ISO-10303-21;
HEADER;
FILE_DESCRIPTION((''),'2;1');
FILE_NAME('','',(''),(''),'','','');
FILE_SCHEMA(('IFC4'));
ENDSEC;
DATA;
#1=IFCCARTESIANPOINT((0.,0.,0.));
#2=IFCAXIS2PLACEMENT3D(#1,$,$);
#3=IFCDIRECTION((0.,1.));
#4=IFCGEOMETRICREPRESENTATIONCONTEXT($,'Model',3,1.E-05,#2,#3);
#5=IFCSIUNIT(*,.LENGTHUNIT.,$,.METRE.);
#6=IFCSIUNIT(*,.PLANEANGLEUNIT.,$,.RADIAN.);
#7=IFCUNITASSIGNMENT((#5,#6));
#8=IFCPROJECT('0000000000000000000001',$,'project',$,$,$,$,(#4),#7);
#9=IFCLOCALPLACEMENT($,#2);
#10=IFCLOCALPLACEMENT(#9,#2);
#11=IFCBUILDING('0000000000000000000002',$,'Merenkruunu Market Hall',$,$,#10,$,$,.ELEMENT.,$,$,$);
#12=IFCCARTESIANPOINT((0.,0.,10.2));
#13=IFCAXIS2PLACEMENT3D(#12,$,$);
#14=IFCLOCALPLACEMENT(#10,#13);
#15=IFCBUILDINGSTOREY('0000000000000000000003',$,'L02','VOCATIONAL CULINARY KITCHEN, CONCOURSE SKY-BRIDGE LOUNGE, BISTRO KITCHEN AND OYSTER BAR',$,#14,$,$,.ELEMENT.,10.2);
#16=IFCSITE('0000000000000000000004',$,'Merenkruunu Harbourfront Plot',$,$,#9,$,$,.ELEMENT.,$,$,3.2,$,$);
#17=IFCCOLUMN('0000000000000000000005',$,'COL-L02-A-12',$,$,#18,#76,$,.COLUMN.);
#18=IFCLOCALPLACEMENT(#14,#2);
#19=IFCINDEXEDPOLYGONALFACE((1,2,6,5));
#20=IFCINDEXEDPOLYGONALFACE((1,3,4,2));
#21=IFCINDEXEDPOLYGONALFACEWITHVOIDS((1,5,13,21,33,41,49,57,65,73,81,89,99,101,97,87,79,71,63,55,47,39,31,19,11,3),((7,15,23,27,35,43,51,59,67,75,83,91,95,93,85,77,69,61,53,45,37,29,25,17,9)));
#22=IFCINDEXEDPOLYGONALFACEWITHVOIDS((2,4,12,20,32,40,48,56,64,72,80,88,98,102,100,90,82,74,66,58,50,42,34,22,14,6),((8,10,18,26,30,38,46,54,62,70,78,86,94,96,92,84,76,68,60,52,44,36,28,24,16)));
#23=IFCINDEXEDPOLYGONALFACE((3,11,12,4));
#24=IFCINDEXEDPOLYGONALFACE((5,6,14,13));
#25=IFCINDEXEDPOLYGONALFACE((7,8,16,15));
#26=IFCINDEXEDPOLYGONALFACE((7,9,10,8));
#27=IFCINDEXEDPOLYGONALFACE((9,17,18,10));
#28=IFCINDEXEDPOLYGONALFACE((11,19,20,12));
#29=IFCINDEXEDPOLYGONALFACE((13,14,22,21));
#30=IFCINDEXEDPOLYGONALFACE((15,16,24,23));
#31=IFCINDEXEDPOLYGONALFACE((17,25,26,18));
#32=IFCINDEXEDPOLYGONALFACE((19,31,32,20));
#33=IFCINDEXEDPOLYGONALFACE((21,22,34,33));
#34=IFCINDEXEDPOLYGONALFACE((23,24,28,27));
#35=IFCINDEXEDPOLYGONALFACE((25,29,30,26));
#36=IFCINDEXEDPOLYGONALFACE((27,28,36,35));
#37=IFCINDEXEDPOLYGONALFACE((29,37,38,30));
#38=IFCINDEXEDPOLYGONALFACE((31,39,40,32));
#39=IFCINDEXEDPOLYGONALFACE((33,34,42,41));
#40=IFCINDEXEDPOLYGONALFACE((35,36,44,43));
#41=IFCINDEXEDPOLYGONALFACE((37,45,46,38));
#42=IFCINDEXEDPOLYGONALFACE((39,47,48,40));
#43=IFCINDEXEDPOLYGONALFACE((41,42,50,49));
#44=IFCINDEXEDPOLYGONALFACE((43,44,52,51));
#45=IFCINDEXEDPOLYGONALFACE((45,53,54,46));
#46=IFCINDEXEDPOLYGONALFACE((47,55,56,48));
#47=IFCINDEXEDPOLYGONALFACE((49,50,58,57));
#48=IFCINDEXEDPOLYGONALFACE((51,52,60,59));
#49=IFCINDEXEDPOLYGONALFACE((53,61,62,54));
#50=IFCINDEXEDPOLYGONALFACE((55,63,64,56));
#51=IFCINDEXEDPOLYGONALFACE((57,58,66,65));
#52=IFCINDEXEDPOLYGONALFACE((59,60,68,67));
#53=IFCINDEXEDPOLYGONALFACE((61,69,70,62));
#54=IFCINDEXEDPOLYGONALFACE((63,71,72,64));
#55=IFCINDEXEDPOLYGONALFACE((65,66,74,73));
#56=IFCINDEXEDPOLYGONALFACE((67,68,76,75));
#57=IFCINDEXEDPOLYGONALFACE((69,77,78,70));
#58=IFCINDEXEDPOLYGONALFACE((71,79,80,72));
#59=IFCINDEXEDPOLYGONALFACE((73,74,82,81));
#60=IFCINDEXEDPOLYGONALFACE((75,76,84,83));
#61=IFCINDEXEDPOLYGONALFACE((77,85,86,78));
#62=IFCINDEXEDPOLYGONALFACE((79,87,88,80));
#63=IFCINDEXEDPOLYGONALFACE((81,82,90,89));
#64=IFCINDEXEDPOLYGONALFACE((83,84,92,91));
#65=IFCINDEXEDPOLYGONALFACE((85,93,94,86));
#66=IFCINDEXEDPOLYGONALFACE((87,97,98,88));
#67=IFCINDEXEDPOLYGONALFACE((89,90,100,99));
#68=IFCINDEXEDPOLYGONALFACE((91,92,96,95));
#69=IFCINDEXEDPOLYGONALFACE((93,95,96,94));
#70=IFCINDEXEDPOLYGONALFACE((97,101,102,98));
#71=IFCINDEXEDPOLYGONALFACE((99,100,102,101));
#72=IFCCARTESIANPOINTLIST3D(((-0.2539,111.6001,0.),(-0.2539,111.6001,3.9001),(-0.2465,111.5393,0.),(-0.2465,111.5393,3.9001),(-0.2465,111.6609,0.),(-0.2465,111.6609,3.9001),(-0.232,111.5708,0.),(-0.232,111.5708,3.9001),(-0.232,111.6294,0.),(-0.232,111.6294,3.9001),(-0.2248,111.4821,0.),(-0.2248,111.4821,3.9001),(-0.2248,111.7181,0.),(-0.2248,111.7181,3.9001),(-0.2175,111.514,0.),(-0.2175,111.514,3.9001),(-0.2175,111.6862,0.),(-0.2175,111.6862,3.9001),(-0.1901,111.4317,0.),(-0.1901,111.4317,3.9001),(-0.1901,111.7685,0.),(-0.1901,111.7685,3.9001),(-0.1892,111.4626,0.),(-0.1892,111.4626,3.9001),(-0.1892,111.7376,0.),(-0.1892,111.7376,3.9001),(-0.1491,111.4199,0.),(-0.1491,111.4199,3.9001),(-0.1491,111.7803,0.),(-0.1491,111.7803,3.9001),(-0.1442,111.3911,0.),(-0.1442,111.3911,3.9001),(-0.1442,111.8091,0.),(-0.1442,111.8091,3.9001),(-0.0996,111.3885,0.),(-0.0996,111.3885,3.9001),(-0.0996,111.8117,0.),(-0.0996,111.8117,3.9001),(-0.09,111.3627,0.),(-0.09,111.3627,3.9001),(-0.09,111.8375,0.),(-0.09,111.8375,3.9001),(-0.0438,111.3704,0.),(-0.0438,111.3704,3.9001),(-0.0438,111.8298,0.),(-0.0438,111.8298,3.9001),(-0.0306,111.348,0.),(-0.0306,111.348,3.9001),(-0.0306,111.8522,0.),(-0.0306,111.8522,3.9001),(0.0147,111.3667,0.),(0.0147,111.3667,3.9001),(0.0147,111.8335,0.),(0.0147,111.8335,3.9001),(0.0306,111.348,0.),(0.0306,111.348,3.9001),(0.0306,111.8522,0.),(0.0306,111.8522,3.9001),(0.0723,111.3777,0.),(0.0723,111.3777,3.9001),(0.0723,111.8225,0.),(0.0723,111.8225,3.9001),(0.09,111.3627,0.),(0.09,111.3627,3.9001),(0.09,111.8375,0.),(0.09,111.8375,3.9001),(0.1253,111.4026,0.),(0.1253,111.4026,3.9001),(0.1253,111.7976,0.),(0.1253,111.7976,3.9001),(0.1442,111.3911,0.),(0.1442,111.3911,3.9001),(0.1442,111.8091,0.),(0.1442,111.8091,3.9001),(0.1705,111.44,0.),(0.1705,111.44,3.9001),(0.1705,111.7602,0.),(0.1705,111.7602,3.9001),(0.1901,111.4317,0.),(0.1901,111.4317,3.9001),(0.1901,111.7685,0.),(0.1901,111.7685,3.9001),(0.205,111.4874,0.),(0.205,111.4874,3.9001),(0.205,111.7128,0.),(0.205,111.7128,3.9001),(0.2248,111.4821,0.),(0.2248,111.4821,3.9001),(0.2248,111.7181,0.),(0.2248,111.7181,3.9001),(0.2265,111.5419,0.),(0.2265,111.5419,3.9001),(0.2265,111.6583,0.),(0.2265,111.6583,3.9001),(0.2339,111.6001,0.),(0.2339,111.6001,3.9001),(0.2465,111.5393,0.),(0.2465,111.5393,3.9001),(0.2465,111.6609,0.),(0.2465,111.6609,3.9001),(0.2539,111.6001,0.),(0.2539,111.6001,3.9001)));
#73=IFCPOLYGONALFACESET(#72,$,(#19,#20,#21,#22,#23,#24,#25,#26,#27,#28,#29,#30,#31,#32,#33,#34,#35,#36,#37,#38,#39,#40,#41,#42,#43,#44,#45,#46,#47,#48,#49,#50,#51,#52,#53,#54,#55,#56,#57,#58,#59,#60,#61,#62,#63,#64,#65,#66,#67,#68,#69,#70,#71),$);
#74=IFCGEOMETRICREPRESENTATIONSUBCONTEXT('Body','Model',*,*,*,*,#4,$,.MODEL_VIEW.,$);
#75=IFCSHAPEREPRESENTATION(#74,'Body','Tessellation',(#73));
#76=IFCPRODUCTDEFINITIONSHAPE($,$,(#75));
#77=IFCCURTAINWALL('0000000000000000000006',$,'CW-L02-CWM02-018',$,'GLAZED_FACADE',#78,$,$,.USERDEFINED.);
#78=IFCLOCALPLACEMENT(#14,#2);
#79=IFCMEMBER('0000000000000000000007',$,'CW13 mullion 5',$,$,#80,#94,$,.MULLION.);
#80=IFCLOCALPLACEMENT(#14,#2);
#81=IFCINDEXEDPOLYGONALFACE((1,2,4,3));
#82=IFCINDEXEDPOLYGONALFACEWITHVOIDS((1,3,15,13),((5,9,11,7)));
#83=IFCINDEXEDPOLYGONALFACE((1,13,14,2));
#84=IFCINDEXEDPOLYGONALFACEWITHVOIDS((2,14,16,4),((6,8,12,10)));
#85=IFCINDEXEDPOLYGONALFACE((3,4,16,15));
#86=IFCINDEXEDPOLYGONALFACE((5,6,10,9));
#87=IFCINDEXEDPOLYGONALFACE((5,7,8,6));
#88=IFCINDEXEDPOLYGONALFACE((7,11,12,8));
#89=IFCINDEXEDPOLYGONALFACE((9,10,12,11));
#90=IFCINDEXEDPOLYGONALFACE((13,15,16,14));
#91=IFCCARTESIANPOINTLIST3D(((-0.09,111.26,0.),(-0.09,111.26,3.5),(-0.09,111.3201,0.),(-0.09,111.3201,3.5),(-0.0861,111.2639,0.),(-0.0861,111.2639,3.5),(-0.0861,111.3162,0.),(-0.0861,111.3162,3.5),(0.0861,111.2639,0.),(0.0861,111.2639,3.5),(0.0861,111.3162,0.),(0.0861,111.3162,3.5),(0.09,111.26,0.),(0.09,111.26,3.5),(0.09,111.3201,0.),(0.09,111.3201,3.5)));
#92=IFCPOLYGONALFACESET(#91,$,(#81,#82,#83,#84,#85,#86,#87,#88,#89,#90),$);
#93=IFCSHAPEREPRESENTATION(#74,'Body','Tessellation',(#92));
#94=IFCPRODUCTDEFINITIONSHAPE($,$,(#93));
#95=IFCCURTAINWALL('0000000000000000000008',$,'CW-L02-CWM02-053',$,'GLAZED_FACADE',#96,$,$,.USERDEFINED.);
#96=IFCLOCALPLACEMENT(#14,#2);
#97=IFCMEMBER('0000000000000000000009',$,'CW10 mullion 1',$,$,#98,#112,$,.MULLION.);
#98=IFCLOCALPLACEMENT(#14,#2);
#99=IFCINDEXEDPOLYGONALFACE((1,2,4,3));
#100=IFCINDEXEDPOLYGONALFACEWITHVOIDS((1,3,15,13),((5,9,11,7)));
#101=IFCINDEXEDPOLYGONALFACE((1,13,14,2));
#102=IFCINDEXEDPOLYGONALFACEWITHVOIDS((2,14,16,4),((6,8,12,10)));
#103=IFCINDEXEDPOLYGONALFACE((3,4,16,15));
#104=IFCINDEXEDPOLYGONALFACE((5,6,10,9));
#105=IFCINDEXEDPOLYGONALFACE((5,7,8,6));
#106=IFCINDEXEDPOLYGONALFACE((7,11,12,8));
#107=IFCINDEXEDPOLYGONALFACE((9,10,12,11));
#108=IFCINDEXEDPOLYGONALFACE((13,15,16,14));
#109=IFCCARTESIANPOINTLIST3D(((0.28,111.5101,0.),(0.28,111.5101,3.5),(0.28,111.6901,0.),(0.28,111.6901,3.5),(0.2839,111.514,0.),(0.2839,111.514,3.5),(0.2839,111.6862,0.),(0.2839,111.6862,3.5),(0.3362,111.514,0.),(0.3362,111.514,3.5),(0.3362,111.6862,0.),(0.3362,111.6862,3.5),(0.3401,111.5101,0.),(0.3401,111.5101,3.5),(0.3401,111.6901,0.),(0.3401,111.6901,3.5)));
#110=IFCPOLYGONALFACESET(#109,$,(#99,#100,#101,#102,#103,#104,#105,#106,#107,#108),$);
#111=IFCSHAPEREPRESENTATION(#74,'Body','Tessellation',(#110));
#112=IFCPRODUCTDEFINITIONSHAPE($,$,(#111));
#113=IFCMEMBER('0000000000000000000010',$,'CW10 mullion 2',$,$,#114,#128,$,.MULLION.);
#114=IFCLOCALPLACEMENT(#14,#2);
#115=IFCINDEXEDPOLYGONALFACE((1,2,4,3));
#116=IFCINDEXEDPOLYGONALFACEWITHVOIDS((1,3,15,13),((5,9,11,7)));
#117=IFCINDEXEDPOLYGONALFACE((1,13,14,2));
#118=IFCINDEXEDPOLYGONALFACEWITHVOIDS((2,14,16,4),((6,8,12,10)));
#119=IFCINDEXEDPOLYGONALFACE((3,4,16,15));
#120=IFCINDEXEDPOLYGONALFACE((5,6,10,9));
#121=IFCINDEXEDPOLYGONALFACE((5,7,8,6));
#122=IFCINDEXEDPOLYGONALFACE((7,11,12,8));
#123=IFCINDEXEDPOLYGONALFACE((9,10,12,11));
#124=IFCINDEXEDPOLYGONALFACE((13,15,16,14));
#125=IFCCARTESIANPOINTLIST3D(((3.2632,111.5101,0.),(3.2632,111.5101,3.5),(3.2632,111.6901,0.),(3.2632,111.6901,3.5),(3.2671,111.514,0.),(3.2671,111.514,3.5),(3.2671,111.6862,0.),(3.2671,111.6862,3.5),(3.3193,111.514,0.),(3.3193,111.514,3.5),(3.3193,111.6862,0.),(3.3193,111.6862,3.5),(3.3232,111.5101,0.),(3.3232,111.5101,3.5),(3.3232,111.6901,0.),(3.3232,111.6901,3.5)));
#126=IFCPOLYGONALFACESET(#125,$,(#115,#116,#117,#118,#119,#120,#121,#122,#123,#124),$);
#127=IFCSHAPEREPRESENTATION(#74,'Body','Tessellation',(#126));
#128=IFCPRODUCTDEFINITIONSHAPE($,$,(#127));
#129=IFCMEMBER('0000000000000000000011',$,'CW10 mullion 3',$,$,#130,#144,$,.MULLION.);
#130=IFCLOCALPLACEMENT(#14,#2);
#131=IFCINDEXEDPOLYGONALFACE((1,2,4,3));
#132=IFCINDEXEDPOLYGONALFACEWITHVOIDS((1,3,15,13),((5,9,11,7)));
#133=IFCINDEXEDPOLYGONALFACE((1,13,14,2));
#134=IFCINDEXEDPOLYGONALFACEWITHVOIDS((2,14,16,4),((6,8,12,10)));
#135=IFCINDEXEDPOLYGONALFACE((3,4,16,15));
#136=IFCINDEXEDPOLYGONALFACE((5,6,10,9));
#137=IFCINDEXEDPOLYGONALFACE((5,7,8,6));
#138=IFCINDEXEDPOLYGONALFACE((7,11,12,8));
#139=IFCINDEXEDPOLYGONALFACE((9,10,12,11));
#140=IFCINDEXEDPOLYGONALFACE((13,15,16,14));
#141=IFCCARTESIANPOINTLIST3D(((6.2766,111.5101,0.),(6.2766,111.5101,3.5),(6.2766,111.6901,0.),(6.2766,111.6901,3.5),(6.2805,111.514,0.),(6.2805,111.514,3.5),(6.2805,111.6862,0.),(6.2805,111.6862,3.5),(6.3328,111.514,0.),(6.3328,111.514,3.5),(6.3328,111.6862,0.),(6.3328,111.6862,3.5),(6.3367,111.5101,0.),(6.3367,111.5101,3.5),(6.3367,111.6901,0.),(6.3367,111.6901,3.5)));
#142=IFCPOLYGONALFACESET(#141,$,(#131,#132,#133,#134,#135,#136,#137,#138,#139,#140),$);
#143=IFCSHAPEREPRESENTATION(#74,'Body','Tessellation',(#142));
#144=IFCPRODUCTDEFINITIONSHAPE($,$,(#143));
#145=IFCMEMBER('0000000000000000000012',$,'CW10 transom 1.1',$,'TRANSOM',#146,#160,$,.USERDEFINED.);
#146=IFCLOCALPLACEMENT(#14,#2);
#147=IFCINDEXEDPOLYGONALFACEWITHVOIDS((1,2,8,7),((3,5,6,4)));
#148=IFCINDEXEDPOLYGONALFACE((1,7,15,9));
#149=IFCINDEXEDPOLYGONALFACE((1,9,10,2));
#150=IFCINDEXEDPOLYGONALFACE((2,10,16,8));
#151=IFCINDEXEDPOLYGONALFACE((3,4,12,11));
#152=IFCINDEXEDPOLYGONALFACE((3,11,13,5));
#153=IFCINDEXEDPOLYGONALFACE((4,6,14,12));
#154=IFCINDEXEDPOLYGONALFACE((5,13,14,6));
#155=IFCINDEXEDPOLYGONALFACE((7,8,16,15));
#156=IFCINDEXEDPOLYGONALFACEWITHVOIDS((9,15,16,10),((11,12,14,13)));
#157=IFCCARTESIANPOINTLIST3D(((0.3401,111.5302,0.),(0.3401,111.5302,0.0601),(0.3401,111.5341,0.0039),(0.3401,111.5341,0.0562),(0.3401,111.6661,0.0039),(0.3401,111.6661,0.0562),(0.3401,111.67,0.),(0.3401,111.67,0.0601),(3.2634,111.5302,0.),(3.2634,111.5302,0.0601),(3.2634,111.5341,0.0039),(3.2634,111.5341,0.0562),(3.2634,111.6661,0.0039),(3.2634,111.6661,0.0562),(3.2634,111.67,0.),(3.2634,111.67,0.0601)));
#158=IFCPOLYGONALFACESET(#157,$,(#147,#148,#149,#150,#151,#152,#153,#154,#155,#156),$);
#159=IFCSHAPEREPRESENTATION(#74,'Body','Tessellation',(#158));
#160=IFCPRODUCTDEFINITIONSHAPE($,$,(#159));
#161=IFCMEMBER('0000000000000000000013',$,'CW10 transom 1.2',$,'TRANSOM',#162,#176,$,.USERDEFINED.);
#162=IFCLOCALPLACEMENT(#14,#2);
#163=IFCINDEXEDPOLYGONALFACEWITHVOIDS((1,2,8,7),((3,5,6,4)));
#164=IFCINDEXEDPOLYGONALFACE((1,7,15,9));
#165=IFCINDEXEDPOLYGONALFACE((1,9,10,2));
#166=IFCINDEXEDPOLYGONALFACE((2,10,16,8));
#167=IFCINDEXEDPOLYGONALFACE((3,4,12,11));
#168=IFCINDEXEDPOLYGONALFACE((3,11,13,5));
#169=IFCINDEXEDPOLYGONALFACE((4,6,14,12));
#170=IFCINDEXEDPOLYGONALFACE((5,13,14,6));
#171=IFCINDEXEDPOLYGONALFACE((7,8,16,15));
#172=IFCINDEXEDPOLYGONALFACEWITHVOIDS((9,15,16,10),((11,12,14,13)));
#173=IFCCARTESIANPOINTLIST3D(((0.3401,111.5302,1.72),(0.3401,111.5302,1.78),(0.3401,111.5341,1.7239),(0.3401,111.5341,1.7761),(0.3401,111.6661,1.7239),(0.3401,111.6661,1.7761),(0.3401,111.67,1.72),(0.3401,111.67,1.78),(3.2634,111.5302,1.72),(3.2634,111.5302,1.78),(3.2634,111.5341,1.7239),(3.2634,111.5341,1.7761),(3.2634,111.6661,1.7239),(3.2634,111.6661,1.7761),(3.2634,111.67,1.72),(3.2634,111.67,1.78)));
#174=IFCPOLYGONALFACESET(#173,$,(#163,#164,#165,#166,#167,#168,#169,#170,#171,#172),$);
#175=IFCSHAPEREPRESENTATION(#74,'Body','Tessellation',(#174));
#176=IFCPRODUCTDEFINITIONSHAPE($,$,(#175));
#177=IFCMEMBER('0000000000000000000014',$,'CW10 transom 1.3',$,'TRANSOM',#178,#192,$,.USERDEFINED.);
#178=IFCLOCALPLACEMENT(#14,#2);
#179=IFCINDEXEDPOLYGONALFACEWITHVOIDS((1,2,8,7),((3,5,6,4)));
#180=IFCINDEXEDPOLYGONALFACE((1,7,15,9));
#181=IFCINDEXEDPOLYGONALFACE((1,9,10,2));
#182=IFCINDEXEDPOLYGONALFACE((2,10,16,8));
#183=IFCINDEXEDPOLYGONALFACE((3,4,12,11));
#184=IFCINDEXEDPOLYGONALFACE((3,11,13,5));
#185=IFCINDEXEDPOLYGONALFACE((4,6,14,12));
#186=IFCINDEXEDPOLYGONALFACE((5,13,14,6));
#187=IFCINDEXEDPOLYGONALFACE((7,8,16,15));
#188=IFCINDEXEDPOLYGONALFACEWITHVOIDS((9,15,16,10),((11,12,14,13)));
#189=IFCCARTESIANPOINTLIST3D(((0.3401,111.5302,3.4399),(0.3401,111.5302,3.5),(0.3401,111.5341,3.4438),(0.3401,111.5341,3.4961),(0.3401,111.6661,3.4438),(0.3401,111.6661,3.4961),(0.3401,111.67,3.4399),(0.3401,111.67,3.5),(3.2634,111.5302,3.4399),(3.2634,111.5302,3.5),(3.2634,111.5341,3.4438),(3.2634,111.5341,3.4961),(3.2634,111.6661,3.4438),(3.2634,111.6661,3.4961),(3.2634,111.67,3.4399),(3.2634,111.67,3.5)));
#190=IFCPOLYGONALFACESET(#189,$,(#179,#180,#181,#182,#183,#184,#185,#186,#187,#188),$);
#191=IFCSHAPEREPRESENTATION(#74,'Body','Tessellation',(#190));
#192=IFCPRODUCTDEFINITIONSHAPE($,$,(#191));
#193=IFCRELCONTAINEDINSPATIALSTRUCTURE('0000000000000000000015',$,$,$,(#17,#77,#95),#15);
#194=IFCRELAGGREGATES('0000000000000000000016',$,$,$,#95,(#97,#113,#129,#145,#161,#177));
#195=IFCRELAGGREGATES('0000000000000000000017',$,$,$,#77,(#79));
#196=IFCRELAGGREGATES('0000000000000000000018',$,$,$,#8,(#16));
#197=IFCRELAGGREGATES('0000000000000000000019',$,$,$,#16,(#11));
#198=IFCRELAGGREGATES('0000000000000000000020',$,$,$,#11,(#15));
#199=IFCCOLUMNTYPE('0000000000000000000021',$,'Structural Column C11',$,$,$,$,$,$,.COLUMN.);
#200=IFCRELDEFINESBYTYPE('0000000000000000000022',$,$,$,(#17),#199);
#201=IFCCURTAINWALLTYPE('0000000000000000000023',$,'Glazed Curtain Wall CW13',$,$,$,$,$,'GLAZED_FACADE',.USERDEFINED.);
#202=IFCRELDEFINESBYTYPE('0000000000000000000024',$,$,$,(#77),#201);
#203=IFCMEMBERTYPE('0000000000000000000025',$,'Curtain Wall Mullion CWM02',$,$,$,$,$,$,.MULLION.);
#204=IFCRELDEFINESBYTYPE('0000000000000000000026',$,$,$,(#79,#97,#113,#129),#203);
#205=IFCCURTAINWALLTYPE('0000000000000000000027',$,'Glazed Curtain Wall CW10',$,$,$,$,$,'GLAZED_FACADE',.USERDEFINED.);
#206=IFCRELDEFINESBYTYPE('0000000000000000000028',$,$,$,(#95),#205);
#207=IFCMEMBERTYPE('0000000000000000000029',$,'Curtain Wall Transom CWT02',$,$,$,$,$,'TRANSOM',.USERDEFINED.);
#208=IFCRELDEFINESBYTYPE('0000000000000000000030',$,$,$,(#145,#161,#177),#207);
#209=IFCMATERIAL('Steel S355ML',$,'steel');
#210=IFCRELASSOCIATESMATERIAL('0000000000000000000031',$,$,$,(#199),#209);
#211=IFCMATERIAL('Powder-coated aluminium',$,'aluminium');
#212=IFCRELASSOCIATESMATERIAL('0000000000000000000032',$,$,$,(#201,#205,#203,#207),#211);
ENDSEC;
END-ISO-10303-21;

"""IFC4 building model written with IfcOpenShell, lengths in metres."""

from ifc_helpers import new_model, si_unit, direction, frame, origin, origin_2d, place, context, subcontext, project, spatial, hollow_rectangle, hollow_circle, extrude, material, material_profile, profile_set, type_object, element, aggregate, save


model = new_model("IFC4")

# Units and contexts
model_context = context("Model", 3, precision=1e-05, world=origin(), true_north=direction((0.0, 1.0)))
body_context = subcontext(model_context, "Body", "Model", "MODEL_VIEW")
ifc_project = project(units=[si_unit("LENGTHUNIT", "METRE"), si_unit("PLANEANGLEUNIT", "RADIAN")], contexts=[model_context])

# Site, building, storey
site_placement = place(None, origin())
site = spatial("IfcSite", under=ifc_project, at=site_placement, Name="Merenkruunu Harbourfront Plot", CompositionType="ELEMENT", RefElevation=3.2)
building_placement = place(site_placement, origin())
building = spatial("IfcBuilding", under=site, at=building_placement, Name="Merenkruunu Market Hall", CompositionType="ELEMENT")
storey_placement = place(building_placement, frame((0.0, 0.0, 10.2)))
storey = spatial("IfcBuildingStorey", under=building, at=storey_placement, Name="L02", Description="VOCATIONAL CULINARY KITCHEN, CONCOURSE SKY-BRIDGE LOUNGE, BISTRO KITCHEN AND OYSTER BAR", CompositionType="ELEMENT", Elevation=10.2)

# Column
ifc_material_1 = material(Name="Steel S355ML", Category="steel")
ifc_material_profile_1 = material_profile(ifc_material_1, hollow_circle(Radius=0.2539, WallThickness=0.02, at=origin_2d()), Name="CHS 508x20")
ifc_profile_set_1 = profile_set([ifc_material_profile_1], Name="Steel S355ML")
column_type = type_object("IfcColumnType", Name="Structural Column C11", PredefinedType="COLUMN", material=ifc_profile_set_1)
column_placement = place(storey_placement, frame((0.0, 111.6001, 0.0), z_axis=(0.0, 0.0, 1.0), x_axis=(1.0, 0.0, 0.0)))
element("IfcColumn", 1, at=column_placement, inside=storey, type_object=column_type, Name="COL-L02-A-12", PredefinedType="COLUMN", context=body_context, shape_type="SweptSolid", body=[
    extrude(hollow_circle(Radius=0.2539, WallThickness=0.02, at=origin_2d()), origin(), (0.0, 0.0, 1.0), 3.9001),
])

# Curtain wall, member
ifc_material_2 = material(Name="Powder-coated aluminium", Category="aluminium")
curtain_wall_type_1 = type_object("IfcCurtainWallType", Name="Glazed Curtain Wall CW13", ElementType="GLAZED_FACADE", PredefinedType="USERDEFINED", material=ifc_material_2)
curtain_wall_1_placement = place(storey_placement, origin())
curtain_wall_1 = element("IfcCurtainWall", 2, at=curtain_wall_1_placement, inside=storey, type_object=curtain_wall_type_1, Name="CW-L02-CWM02-018", ObjectType="GLAZED_FACADE", PredefinedType="USERDEFINED")
ifc_material_profile_2 = material_profile(ifc_material_2, hollow_rectangle(XDim=0.0601, YDim=0.1799, WallThickness=0.0039, at=origin_2d()), Name="ALU 60x180x4")
ifc_profile_set_2 = profile_set([ifc_material_profile_2], Name="Powder-coated aluminium")
member_type_1 = type_object("IfcMemberType", Name="Curtain Wall Mullion CWM02", PredefinedType="MULLION", material=ifc_profile_set_2)
member_1_placement = place(storey_placement, frame((0.0, 111.29, 0.0), z_axis=(0.0, 0.0, 1.0), x_axis=(0.0, 1.0, 0.0)))
member_1 = element("IfcMember", 3, at=member_1_placement, type_object=member_type_1, Name="CW13 mullion 5", PredefinedType="MULLION", context=body_context, shape_type="SweptSolid", body=[
    extrude(hollow_rectangle(XDim=0.0601, YDim=0.1799, WallThickness=0.0039, at=origin_2d()), origin(), (0.0, 0.0, 1.0), 3.5),
])

# Curtain wall, members
curtain_wall_type_2 = type_object("IfcCurtainWallType", Name="Glazed Curtain Wall CW10", ElementType="GLAZED_FACADE", PredefinedType="USERDEFINED", material=ifc_material_2)
curtain_wall_2_placement = place(storey_placement, origin())
curtain_wall_2 = element("IfcCurtainWall", 4, at=curtain_wall_2_placement, inside=storey, type_object=curtain_wall_type_2, Name="CW-L02-CWM02-053", ObjectType="GLAZED_FACADE", PredefinedType="USERDEFINED")
member_2_placement = place(storey_placement, frame((0.3101, 111.6001, 0.0), z_axis=(0.0, 0.0, 1.0), x_axis=(1.0, 0.0, 0.0)))
member_2 = element("IfcMember", 5, at=member_2_placement, type_object=member_type_1, Name="CW10 mullion 1", PredefinedType="MULLION", context=body_context, shape_type="SweptSolid", body=[
    extrude(hollow_rectangle(XDim=0.0601, YDim=0.1799, WallThickness=0.0039, at=origin_2d()), origin(), (0.0, 0.0, 1.0), 3.5),
])
member_3_placement = place(storey_placement, frame((3.2932, 111.6001, 0.0), z_axis=(0.0, 0.0, 1.0), x_axis=(1.0, 0.0, 0.0)))
member_3 = element("IfcMember", 6, at=member_3_placement, type_object=member_type_1, Name="CW10 mullion 2", PredefinedType="MULLION", context=body_context, shape_type="SweptSolid", body=[
    extrude(hollow_rectangle(XDim=0.0601, YDim=0.1799, WallThickness=0.0039, at=origin_2d()), origin(), (0.0, 0.0, 1.0), 3.5),
])
member_4_placement = place(storey_placement, frame((6.3066, 111.6001, 0.0), z_axis=(0.0, 0.0, 1.0), x_axis=(1.0, 0.0, 0.0)))
member_4 = element("IfcMember", 7, at=member_4_placement, type_object=member_type_1, Name="CW10 mullion 3", PredefinedType="MULLION", context=body_context, shape_type="SweptSolid", body=[
    extrude(hollow_rectangle(XDim=0.0601, YDim=0.1799, WallThickness=0.0039, at=origin_2d()), origin(), (0.0, 0.0, 1.0), 3.5),
])
ifc_material_profile_3 = material_profile(ifc_material_2, hollow_rectangle(XDim=0.0601, YDim=0.1399, WallThickness=0.0039, at=origin_2d()), Name="ALU 60x140x4")
ifc_profile_set_3 = profile_set([ifc_material_profile_3], Name="Powder-coated aluminium")
member_type_2 = type_object("IfcMemberType", Name="Curtain Wall Transom CWT02", ElementType="TRANSOM", PredefinedType="USERDEFINED", material=ifc_profile_set_3)
member_5_placement = place(storey_placement, frame((0.3401, 111.6001, 0.03), z_axis=(1.0, 0.0, 0.0), x_axis=(0.0, 0.0, 1.0)))
member_5 = element("IfcMember", 8, at=member_5_placement, type_object=member_type_2, Name="CW10 transom 1.1", ObjectType="TRANSOM", PredefinedType="USERDEFINED", context=body_context, shape_type="SweptSolid", body=[
    extrude(hollow_rectangle(XDim=0.0601, YDim=0.1399, WallThickness=0.0039, at=origin_2d()), origin(), (0.0, 0.0, 1.0), 2.9233),
])
member_6_placement = place(storey_placement, frame((0.3401, 111.6001, 1.75), z_axis=(1.0, 0.0, 0.0), x_axis=(0.0, 0.0, 1.0)))
member_6 = element("IfcMember", 9, at=member_6_placement, type_object=member_type_2, Name="CW10 transom 1.2", ObjectType="TRANSOM", PredefinedType="USERDEFINED", context=body_context, shape_type="SweptSolid", body=[
    extrude(hollow_rectangle(XDim=0.0601, YDim=0.1399, WallThickness=0.0039, at=origin_2d()), origin(), (0.0, 0.0, 1.0), 2.9233),
])
member_7_placement = place(storey_placement, frame((0.3401, 111.6001, 3.47), z_axis=(1.0, 0.0, 0.0), x_axis=(0.0, 0.0, 1.0)))
member_7 = element("IfcMember", 10, at=member_7_placement, type_object=member_type_2, Name="CW10 transom 1.3", ObjectType="TRANSOM", PredefinedType="USERDEFINED", context=body_context, shape_type="SweptSolid", body=[
    extrude(hollow_rectangle(XDim=0.0601, YDim=0.1399, WallThickness=0.0039, at=origin_2d()), origin(), (0.0, 0.0, 1.0), 2.9233),
])

aggregate(curtain_wall_2, [member_2, member_3, member_4, member_5, member_6, member_7])
aggregate(curtain_wall_1, [member_1])

save(model, "model.ifc")
